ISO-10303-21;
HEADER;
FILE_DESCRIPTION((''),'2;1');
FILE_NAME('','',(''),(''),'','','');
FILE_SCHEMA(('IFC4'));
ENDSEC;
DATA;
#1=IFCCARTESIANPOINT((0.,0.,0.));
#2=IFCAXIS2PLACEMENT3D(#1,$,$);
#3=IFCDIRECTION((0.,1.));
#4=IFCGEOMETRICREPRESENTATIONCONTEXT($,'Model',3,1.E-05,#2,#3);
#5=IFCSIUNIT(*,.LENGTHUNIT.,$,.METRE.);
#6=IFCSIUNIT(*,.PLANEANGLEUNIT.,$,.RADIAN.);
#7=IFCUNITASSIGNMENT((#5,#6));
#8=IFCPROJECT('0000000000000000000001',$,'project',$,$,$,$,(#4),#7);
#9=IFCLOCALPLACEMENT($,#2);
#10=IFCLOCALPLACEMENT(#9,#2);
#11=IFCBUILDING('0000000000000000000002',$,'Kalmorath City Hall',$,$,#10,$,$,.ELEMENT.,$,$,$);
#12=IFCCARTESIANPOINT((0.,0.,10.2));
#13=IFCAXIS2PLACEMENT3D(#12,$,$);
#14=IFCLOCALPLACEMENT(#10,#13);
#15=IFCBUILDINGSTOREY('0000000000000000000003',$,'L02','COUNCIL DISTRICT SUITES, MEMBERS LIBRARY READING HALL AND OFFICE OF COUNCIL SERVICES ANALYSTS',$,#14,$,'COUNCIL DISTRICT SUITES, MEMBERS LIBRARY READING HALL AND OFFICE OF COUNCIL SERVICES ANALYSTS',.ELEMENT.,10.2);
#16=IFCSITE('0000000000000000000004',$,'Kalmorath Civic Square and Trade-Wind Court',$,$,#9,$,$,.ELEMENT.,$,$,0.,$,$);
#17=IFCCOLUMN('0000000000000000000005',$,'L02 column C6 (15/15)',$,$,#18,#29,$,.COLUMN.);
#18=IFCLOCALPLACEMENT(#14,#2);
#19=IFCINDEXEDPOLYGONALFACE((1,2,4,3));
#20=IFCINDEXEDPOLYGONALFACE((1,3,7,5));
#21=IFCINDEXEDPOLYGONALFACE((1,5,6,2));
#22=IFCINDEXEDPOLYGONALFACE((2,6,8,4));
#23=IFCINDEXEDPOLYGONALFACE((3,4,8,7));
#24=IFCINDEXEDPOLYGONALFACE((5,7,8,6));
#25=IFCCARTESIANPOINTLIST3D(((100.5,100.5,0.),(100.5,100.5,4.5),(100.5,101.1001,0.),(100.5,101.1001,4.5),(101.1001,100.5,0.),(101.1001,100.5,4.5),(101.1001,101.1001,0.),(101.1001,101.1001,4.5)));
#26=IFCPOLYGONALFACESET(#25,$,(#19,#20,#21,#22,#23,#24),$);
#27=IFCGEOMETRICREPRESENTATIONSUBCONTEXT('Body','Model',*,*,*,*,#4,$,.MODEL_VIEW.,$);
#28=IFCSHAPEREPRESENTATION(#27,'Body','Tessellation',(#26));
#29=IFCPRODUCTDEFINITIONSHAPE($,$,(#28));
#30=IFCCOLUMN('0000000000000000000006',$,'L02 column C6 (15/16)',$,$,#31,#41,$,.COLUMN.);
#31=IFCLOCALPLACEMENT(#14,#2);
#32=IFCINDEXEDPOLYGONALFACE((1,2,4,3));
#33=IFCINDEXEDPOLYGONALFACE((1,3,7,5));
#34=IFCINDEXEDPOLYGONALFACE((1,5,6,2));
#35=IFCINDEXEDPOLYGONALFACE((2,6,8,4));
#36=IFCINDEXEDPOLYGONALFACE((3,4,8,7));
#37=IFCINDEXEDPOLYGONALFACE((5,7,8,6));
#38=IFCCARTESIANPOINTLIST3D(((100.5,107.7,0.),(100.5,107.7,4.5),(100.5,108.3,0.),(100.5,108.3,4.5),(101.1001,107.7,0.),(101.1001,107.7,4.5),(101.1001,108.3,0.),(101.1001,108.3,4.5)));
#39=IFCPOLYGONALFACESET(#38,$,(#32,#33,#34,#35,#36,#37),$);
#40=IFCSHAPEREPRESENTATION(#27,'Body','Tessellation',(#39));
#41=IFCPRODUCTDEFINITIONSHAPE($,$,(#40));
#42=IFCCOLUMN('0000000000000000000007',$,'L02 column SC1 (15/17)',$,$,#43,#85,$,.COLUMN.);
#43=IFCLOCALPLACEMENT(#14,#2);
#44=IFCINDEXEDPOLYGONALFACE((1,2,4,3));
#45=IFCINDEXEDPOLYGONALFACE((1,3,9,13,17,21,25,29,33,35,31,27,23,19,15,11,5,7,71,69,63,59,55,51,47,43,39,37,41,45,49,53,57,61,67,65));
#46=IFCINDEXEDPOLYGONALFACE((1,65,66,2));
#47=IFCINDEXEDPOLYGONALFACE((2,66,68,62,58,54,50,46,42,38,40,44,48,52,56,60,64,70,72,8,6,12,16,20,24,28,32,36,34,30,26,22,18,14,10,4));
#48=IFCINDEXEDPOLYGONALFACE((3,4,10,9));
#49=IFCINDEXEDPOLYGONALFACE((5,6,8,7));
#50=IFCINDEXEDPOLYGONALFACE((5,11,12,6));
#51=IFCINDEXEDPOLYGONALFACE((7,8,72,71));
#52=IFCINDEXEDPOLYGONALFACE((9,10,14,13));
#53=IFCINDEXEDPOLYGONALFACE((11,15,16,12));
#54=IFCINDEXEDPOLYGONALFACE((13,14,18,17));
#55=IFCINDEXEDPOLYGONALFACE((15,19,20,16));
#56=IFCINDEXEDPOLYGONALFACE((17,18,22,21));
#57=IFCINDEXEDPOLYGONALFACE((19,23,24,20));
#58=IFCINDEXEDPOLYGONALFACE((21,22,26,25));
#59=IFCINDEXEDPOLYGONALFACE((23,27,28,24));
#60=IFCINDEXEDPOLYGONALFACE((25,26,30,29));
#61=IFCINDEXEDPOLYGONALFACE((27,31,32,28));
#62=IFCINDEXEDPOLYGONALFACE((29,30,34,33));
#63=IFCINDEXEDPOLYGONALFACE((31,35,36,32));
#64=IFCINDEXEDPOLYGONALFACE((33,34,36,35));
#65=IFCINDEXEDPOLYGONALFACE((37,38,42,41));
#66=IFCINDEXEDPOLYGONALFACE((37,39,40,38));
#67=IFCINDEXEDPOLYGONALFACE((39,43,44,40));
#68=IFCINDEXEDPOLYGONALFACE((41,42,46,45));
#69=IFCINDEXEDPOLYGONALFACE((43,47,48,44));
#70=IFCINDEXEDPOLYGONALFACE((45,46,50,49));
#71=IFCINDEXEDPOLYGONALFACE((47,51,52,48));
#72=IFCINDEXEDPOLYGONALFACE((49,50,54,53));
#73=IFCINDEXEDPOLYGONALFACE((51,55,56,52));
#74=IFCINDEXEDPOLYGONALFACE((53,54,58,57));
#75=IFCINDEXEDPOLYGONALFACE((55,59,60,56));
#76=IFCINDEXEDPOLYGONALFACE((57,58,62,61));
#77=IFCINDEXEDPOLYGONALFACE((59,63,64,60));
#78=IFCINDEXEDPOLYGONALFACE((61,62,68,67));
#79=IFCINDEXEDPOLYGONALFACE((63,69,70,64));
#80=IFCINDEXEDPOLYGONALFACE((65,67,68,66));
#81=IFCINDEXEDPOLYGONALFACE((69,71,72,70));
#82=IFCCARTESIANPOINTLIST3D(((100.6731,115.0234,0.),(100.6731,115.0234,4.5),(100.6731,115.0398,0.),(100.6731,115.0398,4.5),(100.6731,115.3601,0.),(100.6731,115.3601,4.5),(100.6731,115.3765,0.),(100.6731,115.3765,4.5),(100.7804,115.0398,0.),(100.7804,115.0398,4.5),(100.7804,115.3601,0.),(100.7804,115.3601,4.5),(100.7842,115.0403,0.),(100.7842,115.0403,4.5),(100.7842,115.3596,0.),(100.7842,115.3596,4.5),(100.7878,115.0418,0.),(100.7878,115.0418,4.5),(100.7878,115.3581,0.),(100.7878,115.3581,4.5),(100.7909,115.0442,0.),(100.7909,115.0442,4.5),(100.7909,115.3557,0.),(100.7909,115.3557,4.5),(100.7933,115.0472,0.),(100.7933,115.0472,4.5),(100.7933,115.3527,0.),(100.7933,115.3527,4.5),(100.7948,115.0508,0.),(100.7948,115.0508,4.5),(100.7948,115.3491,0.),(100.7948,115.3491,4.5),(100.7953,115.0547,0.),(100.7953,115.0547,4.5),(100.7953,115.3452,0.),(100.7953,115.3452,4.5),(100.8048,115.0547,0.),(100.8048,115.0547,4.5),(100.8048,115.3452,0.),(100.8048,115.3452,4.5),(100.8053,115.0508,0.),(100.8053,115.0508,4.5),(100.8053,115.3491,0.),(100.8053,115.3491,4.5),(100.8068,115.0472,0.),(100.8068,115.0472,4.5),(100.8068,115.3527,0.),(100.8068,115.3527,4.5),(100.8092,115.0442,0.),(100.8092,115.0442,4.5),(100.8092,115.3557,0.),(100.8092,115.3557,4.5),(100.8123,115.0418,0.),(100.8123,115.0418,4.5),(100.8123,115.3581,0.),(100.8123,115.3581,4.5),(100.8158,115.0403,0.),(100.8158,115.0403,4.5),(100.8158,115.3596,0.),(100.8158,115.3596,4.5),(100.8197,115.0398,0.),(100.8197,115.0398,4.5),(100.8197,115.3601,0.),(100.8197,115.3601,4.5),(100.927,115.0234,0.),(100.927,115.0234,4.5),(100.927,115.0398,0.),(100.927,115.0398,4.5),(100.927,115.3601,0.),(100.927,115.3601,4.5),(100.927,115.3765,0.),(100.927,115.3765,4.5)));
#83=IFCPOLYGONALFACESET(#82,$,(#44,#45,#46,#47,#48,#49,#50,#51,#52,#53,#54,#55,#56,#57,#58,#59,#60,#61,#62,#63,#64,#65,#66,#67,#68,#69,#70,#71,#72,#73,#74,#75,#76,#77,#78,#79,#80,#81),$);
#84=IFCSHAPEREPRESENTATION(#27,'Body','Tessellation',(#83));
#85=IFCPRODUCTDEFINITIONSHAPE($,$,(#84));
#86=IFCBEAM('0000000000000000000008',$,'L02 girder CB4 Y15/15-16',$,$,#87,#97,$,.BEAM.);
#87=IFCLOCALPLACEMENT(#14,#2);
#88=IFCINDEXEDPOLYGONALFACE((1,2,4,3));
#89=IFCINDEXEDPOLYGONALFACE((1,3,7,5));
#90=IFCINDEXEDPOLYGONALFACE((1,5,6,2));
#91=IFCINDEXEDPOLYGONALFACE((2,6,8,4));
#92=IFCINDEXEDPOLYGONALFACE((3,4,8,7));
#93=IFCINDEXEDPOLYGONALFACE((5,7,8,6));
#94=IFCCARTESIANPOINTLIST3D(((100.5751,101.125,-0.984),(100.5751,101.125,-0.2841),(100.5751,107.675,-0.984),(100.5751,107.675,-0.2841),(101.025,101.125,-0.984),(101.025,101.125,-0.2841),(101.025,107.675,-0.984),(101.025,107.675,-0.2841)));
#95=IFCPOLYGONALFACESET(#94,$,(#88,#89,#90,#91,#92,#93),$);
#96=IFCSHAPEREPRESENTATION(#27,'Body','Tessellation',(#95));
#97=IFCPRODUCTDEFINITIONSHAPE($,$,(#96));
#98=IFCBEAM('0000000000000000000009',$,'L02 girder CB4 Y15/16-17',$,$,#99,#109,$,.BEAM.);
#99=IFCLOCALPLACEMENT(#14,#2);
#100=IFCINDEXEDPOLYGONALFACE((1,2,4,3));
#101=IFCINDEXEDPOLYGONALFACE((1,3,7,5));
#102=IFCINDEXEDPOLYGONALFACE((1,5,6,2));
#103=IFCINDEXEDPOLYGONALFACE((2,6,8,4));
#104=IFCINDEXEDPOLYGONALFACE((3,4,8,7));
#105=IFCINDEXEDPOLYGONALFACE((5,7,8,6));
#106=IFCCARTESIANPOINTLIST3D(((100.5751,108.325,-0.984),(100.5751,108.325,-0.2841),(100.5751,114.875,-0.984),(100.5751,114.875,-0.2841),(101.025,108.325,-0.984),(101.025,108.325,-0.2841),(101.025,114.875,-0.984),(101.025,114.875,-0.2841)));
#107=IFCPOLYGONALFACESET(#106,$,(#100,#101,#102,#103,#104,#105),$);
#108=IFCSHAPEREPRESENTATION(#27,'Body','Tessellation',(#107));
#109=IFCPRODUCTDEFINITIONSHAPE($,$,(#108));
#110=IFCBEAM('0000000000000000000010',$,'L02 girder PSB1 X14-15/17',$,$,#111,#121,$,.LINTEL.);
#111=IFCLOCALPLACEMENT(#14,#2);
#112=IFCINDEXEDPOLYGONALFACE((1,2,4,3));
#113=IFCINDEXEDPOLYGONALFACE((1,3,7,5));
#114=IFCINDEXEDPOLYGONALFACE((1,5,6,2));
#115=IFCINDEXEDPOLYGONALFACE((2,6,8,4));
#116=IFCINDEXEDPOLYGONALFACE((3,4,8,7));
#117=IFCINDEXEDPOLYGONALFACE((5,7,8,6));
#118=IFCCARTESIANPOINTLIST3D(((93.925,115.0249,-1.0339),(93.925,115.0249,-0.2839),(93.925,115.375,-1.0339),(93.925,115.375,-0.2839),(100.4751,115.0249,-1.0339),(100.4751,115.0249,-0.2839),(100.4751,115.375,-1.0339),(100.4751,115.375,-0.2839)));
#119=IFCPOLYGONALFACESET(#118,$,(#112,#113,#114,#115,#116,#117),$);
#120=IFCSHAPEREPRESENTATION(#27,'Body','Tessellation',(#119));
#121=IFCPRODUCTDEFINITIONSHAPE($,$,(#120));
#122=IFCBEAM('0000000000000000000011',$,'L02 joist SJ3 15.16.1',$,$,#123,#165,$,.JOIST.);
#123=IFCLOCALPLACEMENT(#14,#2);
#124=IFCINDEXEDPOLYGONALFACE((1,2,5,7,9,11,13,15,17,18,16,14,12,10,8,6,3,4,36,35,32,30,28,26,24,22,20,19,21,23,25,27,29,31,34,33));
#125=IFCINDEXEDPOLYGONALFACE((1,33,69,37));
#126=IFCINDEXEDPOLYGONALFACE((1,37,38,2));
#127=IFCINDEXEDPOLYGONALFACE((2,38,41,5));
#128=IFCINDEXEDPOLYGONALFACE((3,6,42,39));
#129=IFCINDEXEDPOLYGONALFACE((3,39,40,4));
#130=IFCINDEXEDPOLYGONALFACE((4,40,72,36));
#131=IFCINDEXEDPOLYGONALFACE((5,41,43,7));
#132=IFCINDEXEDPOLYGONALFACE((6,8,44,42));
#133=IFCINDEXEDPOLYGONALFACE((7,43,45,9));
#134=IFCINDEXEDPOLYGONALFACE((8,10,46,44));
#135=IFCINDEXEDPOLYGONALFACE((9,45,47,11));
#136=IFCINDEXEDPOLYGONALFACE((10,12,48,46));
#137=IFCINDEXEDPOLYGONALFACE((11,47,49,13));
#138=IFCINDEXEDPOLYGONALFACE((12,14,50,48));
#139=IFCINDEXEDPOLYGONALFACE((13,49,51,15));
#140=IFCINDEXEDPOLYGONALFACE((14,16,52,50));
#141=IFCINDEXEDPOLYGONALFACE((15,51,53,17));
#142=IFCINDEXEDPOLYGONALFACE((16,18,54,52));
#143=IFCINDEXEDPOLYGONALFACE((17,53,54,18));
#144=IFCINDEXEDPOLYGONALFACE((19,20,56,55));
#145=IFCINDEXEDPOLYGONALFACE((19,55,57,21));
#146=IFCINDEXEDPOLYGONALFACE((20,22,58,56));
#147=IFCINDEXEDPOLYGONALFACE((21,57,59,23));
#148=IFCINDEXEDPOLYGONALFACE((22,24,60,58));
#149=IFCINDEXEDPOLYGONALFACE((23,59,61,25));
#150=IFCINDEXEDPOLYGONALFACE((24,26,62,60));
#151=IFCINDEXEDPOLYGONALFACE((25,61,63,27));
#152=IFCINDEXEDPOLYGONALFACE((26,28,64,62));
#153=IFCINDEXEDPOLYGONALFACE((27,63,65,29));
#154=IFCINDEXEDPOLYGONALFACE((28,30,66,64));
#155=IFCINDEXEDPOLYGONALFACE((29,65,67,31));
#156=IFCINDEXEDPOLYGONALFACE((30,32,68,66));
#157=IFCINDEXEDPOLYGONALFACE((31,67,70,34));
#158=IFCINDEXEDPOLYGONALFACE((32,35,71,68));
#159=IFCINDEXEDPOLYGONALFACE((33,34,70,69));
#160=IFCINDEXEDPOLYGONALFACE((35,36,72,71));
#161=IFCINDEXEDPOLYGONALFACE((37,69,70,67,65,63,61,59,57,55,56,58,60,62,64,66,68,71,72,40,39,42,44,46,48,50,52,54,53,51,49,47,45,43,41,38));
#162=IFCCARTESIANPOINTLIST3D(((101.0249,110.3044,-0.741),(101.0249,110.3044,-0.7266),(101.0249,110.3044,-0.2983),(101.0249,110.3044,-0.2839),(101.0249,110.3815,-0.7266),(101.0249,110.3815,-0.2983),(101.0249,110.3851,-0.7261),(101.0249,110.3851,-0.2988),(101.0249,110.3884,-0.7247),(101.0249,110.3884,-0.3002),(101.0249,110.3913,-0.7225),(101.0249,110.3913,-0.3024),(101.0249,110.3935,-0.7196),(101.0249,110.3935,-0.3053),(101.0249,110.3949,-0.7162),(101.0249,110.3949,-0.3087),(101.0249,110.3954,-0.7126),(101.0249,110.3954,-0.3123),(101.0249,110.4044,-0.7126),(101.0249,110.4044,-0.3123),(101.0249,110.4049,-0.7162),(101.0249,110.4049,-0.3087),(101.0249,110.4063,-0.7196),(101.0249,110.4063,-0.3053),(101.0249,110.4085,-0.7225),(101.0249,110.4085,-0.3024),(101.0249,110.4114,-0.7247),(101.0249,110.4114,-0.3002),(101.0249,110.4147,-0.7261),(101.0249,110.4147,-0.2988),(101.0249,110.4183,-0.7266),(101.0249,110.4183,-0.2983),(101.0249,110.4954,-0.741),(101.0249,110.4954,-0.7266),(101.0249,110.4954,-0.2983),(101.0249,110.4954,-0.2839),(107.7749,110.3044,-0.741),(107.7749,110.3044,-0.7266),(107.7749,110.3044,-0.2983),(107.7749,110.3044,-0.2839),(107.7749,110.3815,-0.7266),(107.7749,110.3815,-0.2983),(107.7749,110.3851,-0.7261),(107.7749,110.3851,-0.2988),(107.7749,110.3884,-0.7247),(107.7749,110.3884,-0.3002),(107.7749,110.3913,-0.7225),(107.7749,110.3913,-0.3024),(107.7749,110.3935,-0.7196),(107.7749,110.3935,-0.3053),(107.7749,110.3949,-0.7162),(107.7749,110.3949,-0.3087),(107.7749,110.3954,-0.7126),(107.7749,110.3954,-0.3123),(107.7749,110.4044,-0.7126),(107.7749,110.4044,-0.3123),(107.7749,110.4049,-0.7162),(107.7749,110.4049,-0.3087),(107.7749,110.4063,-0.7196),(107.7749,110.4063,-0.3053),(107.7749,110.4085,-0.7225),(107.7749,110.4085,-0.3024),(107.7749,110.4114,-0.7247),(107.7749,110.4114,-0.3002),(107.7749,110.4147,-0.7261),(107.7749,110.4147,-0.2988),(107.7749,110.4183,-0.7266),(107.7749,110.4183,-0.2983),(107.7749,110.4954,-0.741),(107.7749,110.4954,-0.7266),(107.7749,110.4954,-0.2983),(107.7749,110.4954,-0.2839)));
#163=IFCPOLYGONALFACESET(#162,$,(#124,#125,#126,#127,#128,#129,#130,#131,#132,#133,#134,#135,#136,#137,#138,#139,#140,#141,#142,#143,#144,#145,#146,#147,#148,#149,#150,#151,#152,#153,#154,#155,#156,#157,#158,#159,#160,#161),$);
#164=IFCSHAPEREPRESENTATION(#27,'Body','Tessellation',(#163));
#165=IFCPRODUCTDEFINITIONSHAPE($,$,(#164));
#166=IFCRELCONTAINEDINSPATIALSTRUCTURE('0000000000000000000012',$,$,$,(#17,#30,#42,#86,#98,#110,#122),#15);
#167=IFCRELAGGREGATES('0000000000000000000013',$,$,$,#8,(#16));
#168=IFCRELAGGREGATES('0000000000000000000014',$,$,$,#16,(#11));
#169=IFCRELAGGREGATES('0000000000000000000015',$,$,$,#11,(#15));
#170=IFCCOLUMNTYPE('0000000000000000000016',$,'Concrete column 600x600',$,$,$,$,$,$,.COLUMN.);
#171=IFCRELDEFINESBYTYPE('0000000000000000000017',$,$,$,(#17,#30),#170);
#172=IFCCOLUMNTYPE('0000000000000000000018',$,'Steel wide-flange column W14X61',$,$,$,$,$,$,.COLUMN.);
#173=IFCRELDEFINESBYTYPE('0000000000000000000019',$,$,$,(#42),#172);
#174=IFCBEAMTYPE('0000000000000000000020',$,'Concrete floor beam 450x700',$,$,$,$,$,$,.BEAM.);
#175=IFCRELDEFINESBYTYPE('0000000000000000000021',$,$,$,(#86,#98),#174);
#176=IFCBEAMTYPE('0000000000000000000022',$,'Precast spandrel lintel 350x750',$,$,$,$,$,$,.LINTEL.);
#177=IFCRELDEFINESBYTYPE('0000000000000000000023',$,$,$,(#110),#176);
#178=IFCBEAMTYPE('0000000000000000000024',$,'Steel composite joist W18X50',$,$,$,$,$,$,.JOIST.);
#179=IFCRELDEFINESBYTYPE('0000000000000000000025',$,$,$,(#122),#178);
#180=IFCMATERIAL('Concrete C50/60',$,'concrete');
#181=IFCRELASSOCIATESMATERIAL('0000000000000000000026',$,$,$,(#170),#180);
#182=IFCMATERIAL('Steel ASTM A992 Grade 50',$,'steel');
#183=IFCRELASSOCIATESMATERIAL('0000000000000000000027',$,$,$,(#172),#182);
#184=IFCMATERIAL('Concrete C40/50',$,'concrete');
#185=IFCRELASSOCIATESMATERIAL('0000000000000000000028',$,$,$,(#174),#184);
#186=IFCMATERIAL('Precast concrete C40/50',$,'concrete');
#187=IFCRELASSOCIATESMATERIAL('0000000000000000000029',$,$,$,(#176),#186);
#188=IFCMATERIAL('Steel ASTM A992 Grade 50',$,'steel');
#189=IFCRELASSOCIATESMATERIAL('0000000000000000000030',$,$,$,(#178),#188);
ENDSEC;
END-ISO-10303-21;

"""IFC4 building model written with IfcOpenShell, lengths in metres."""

from ifc_helpers import new_model, si_unit, direction, frame, origin, origin_2d, place, context, subcontext, project, spatial, rectangle, i_section, extrude, material, material_profile, profile_set, type_object, element, save


model = new_model("IFC4")

# Units and contexts
model_context = context("Model", 3, precision=1e-05, world=origin(), true_north=direction((0.0, 1.0)))
body_context = subcontext(model_context, "Body", "Model", "MODEL_VIEW")
ifc_project = project(units=[si_unit("LENGTHUNIT", "METRE"), si_unit("PLANEANGLEUNIT", "RADIAN")], contexts=[model_context])

# Site, building, storey
site_placement = place(None, origin())
site = spatial("IfcSite", under=ifc_project, at=site_placement, Name="Kalmorath Civic Square and Trade-Wind Court", CompositionType="ELEMENT", RefElevation=0.0)
building_placement = place(site_placement, origin())
building = spatial("IfcBuilding", under=site, at=building_placement, Name="Kalmorath City Hall", CompositionType="ELEMENT")
storey_placement = place(building_placement, frame((0.0, 0.0, 10.2)))
storey = spatial("IfcBuildingStorey", under=building, at=storey_placement, Name="L02", Description="COUNCIL DISTRICT SUITES, MEMBERS LIBRARY READING HALL AND OFFICE OF COUNCIL SERVICES ANALYSTS", LongName="COUNCIL DISTRICT SUITES, MEMBERS LIBRARY READING HALL AND OFFICE OF COUNCIL SERVICES ANALYSTS", CompositionType="ELEMENT", Elevation=10.2)

# Columns
ifc_material_1 = material(Name="Concrete C50/60", Category="concrete")
ifc_material_profile_1 = material_profile(ifc_material_1, rectangle(XDim=0.6001, YDim=0.6001, at=origin_2d()), Name="RC-COL-600X600")
ifc_profile_set_1 = profile_set([ifc_material_profile_1], Name="Concrete C50/60")
column_type_1 = type_object("IfcColumnType", Name="Concrete column 600x600", PredefinedType="COLUMN", material=ifc_profile_set_1)
for number, where, z_axis, x_axis, name in (
    (1, (100.8, 100.8, 0.0), (0.0, 0.0, 1.0), (1.0, 0.0, 0.0), "L02 column C6 (15/15)"),
    (2, (100.8, 108.0, 0.0), (0.0, 0.0, 1.0), (1.0, 0.0, 0.0), "L02 column C6 (15/16)"),
):
    element("IfcColumn", number, at=place(storey_placement, frame(where, z_axis=z_axis, x_axis=x_axis)), inside=storey, type_object=column_type_1, Name=name, PredefinedType="COLUMN", context=body_context, shape_type="SweptSolid", body=[
        extrude(rectangle(XDim=0.6001, YDim=0.6001, at=origin_2d()), origin(), (0.0, 0.0, 1.0), 4.5),
    ])
ifc_material_2 = material(Name="Steel ASTM A992 Grade 50", Category="steel")
ifc_material_profile_2 = material_profile(ifc_material_2, i_section(OverallWidth=0.2539, OverallDepth=0.353, WebThickness=0.0095, FlangeThickness=0.0164, FilletRadius=0.0149, at=origin_2d()), Name="W14X61")
ifc_profile_set_2 = profile_set([ifc_material_profile_2], Name="Steel ASTM A992 Grade 50")
column_type_2 = type_object("IfcColumnType", Name="Steel wide-flange column W14X61", PredefinedType="COLUMN", material=ifc_profile_set_2)
column_placement = place(storey_placement, frame((100.8, 115.2, 0.0), z_axis=(0.0, 0.0, 1.0), x_axis=(1.0, 0.0, 0.0)))
element("IfcColumn", 3, at=column_placement, inside=storey, type_object=column_type_2, Name="L02 column SC1 (15/17)", PredefinedType="COLUMN", context=body_context, shape_type="SweptSolid", body=[
    extrude(i_section(OverallWidth=0.2539, OverallDepth=0.353, WebThickness=0.0095, FlangeThickness=0.0164, FilletRadius=0.0149, at=origin_2d()), origin(), (0.0, 0.0, 1.0), 4.5),
])

# Beams
ifc_material_3 = material(Name="Concrete C40/50", Category="concrete")
ifc_material_profile_3 = material_profile(ifc_material_3, rectangle(XDim=0.45, YDim=0.7, at=origin_2d()), Name="RC-BM-450X700")
ifc_profile_set_3 = profile_set([ifc_material_profile_3], Name="Concrete C40/50")
beam_type_1 = type_object("IfcBeamType", Name="Concrete floor beam 450x700", PredefinedType="BEAM", material=ifc_profile_set_3)
for number, where, z_axis, x_axis, name in (
    (4, (100.8, 101.125, -0.634), (0.0, 1.0, 0.0), (-1.0, 0.0, 0.0), "L02 girder CB4 Y15/15-16"),
    (5, (100.8, 108.325, -0.634), (0.0, 1.0, 0.0), (-1.0, 0.0, 0.0), "L02 girder CB4 Y15/16-17"),
):
    element("IfcBeam", number, at=place(storey_placement, frame(where, z_axis=z_axis, x_axis=x_axis)), inside=storey, type_object=beam_type_1, Name=name, PredefinedType="BEAM", context=body_context, shape_type="SweptSolid", body=[
        extrude(rectangle(XDim=0.45, YDim=0.7, at=origin_2d()), origin(), (0.0, 0.0, 1.0), 6.55),
    ])
ifc_material_4 = material(Name="Precast concrete C40/50", Category="concrete")
ifc_material_profile_4 = material_profile(ifc_material_4, rectangle(XDim=0.3501, YDim=0.75, at=origin_2d()), Name="PC-SP-350X750")
ifc_profile_set_4 = profile_set([ifc_material_profile_4], Name="Precast concrete C40/50")
beam_type_2 = type_object("IfcBeamType", Name="Precast spandrel lintel 350x750", PredefinedType="LINTEL", material=ifc_profile_set_4)
beam_placement = place(storey_placement, frame((93.925, 115.2, -0.6589), z_axis=(1.0, 0.0, 0.0), x_axis=(0.0, 1.0, 0.0)))
element("IfcBeam", 6, at=beam_placement, inside=storey, type_object=beam_type_2, Name="L02 girder PSB1 X14-15/17", PredefinedType="LINTEL", context=body_context, shape_type="SweptSolid", body=[
    extrude(rectangle(XDim=0.3501, YDim=0.75, at=origin_2d()), origin(), (0.0, 0.0, 1.0), 6.55),
])
ifc_material_5 = material(Name="Steel ASTM A992 Grade 50", Category="steel")
ifc_material_profile_5 = material_profile(ifc_material_5, i_section(OverallWidth=0.1909, OverallDepth=0.457, WebThickness=0.009, FlangeThickness=0.0144, FilletRadius=0.0139, at=origin_2d()), Name="W18X50")
ifc_profile_set_5 = profile_set([ifc_material_profile_5], Name="Steel ASTM A992 Grade 50")
beam_type_3 = type_object("IfcBeamType", Name="Steel composite joist W18X50", PredefinedType="JOIST", material=ifc_profile_set_5)
for number, where, z_axis, x_axis, name in (
    (7, (101.0249, 110.3999, -0.5125), (1.0, 0.0, 0.0), (0.0, 1.0, 0.0), "L02 joist SJ3 15.16.1"),
):
    element("IfcBeam", number, at=place(storey_placement, frame(where, z_axis=z_axis, x_axis=x_axis)), inside=storey, type_object=beam_type_3, Name=name, PredefinedType="JOIST", context=body_context, shape_type="SweptSolid", body=[
        extrude(i_section(OverallWidth=0.1909, OverallDepth=0.457, WebThickness=0.009, FlangeThickness=0.0144, FilletRadius=0.0139, at=origin_2d()), origin(), (0.0, 0.0, 1.0), 6.75),
    ])

save(model, "model.ifc")
